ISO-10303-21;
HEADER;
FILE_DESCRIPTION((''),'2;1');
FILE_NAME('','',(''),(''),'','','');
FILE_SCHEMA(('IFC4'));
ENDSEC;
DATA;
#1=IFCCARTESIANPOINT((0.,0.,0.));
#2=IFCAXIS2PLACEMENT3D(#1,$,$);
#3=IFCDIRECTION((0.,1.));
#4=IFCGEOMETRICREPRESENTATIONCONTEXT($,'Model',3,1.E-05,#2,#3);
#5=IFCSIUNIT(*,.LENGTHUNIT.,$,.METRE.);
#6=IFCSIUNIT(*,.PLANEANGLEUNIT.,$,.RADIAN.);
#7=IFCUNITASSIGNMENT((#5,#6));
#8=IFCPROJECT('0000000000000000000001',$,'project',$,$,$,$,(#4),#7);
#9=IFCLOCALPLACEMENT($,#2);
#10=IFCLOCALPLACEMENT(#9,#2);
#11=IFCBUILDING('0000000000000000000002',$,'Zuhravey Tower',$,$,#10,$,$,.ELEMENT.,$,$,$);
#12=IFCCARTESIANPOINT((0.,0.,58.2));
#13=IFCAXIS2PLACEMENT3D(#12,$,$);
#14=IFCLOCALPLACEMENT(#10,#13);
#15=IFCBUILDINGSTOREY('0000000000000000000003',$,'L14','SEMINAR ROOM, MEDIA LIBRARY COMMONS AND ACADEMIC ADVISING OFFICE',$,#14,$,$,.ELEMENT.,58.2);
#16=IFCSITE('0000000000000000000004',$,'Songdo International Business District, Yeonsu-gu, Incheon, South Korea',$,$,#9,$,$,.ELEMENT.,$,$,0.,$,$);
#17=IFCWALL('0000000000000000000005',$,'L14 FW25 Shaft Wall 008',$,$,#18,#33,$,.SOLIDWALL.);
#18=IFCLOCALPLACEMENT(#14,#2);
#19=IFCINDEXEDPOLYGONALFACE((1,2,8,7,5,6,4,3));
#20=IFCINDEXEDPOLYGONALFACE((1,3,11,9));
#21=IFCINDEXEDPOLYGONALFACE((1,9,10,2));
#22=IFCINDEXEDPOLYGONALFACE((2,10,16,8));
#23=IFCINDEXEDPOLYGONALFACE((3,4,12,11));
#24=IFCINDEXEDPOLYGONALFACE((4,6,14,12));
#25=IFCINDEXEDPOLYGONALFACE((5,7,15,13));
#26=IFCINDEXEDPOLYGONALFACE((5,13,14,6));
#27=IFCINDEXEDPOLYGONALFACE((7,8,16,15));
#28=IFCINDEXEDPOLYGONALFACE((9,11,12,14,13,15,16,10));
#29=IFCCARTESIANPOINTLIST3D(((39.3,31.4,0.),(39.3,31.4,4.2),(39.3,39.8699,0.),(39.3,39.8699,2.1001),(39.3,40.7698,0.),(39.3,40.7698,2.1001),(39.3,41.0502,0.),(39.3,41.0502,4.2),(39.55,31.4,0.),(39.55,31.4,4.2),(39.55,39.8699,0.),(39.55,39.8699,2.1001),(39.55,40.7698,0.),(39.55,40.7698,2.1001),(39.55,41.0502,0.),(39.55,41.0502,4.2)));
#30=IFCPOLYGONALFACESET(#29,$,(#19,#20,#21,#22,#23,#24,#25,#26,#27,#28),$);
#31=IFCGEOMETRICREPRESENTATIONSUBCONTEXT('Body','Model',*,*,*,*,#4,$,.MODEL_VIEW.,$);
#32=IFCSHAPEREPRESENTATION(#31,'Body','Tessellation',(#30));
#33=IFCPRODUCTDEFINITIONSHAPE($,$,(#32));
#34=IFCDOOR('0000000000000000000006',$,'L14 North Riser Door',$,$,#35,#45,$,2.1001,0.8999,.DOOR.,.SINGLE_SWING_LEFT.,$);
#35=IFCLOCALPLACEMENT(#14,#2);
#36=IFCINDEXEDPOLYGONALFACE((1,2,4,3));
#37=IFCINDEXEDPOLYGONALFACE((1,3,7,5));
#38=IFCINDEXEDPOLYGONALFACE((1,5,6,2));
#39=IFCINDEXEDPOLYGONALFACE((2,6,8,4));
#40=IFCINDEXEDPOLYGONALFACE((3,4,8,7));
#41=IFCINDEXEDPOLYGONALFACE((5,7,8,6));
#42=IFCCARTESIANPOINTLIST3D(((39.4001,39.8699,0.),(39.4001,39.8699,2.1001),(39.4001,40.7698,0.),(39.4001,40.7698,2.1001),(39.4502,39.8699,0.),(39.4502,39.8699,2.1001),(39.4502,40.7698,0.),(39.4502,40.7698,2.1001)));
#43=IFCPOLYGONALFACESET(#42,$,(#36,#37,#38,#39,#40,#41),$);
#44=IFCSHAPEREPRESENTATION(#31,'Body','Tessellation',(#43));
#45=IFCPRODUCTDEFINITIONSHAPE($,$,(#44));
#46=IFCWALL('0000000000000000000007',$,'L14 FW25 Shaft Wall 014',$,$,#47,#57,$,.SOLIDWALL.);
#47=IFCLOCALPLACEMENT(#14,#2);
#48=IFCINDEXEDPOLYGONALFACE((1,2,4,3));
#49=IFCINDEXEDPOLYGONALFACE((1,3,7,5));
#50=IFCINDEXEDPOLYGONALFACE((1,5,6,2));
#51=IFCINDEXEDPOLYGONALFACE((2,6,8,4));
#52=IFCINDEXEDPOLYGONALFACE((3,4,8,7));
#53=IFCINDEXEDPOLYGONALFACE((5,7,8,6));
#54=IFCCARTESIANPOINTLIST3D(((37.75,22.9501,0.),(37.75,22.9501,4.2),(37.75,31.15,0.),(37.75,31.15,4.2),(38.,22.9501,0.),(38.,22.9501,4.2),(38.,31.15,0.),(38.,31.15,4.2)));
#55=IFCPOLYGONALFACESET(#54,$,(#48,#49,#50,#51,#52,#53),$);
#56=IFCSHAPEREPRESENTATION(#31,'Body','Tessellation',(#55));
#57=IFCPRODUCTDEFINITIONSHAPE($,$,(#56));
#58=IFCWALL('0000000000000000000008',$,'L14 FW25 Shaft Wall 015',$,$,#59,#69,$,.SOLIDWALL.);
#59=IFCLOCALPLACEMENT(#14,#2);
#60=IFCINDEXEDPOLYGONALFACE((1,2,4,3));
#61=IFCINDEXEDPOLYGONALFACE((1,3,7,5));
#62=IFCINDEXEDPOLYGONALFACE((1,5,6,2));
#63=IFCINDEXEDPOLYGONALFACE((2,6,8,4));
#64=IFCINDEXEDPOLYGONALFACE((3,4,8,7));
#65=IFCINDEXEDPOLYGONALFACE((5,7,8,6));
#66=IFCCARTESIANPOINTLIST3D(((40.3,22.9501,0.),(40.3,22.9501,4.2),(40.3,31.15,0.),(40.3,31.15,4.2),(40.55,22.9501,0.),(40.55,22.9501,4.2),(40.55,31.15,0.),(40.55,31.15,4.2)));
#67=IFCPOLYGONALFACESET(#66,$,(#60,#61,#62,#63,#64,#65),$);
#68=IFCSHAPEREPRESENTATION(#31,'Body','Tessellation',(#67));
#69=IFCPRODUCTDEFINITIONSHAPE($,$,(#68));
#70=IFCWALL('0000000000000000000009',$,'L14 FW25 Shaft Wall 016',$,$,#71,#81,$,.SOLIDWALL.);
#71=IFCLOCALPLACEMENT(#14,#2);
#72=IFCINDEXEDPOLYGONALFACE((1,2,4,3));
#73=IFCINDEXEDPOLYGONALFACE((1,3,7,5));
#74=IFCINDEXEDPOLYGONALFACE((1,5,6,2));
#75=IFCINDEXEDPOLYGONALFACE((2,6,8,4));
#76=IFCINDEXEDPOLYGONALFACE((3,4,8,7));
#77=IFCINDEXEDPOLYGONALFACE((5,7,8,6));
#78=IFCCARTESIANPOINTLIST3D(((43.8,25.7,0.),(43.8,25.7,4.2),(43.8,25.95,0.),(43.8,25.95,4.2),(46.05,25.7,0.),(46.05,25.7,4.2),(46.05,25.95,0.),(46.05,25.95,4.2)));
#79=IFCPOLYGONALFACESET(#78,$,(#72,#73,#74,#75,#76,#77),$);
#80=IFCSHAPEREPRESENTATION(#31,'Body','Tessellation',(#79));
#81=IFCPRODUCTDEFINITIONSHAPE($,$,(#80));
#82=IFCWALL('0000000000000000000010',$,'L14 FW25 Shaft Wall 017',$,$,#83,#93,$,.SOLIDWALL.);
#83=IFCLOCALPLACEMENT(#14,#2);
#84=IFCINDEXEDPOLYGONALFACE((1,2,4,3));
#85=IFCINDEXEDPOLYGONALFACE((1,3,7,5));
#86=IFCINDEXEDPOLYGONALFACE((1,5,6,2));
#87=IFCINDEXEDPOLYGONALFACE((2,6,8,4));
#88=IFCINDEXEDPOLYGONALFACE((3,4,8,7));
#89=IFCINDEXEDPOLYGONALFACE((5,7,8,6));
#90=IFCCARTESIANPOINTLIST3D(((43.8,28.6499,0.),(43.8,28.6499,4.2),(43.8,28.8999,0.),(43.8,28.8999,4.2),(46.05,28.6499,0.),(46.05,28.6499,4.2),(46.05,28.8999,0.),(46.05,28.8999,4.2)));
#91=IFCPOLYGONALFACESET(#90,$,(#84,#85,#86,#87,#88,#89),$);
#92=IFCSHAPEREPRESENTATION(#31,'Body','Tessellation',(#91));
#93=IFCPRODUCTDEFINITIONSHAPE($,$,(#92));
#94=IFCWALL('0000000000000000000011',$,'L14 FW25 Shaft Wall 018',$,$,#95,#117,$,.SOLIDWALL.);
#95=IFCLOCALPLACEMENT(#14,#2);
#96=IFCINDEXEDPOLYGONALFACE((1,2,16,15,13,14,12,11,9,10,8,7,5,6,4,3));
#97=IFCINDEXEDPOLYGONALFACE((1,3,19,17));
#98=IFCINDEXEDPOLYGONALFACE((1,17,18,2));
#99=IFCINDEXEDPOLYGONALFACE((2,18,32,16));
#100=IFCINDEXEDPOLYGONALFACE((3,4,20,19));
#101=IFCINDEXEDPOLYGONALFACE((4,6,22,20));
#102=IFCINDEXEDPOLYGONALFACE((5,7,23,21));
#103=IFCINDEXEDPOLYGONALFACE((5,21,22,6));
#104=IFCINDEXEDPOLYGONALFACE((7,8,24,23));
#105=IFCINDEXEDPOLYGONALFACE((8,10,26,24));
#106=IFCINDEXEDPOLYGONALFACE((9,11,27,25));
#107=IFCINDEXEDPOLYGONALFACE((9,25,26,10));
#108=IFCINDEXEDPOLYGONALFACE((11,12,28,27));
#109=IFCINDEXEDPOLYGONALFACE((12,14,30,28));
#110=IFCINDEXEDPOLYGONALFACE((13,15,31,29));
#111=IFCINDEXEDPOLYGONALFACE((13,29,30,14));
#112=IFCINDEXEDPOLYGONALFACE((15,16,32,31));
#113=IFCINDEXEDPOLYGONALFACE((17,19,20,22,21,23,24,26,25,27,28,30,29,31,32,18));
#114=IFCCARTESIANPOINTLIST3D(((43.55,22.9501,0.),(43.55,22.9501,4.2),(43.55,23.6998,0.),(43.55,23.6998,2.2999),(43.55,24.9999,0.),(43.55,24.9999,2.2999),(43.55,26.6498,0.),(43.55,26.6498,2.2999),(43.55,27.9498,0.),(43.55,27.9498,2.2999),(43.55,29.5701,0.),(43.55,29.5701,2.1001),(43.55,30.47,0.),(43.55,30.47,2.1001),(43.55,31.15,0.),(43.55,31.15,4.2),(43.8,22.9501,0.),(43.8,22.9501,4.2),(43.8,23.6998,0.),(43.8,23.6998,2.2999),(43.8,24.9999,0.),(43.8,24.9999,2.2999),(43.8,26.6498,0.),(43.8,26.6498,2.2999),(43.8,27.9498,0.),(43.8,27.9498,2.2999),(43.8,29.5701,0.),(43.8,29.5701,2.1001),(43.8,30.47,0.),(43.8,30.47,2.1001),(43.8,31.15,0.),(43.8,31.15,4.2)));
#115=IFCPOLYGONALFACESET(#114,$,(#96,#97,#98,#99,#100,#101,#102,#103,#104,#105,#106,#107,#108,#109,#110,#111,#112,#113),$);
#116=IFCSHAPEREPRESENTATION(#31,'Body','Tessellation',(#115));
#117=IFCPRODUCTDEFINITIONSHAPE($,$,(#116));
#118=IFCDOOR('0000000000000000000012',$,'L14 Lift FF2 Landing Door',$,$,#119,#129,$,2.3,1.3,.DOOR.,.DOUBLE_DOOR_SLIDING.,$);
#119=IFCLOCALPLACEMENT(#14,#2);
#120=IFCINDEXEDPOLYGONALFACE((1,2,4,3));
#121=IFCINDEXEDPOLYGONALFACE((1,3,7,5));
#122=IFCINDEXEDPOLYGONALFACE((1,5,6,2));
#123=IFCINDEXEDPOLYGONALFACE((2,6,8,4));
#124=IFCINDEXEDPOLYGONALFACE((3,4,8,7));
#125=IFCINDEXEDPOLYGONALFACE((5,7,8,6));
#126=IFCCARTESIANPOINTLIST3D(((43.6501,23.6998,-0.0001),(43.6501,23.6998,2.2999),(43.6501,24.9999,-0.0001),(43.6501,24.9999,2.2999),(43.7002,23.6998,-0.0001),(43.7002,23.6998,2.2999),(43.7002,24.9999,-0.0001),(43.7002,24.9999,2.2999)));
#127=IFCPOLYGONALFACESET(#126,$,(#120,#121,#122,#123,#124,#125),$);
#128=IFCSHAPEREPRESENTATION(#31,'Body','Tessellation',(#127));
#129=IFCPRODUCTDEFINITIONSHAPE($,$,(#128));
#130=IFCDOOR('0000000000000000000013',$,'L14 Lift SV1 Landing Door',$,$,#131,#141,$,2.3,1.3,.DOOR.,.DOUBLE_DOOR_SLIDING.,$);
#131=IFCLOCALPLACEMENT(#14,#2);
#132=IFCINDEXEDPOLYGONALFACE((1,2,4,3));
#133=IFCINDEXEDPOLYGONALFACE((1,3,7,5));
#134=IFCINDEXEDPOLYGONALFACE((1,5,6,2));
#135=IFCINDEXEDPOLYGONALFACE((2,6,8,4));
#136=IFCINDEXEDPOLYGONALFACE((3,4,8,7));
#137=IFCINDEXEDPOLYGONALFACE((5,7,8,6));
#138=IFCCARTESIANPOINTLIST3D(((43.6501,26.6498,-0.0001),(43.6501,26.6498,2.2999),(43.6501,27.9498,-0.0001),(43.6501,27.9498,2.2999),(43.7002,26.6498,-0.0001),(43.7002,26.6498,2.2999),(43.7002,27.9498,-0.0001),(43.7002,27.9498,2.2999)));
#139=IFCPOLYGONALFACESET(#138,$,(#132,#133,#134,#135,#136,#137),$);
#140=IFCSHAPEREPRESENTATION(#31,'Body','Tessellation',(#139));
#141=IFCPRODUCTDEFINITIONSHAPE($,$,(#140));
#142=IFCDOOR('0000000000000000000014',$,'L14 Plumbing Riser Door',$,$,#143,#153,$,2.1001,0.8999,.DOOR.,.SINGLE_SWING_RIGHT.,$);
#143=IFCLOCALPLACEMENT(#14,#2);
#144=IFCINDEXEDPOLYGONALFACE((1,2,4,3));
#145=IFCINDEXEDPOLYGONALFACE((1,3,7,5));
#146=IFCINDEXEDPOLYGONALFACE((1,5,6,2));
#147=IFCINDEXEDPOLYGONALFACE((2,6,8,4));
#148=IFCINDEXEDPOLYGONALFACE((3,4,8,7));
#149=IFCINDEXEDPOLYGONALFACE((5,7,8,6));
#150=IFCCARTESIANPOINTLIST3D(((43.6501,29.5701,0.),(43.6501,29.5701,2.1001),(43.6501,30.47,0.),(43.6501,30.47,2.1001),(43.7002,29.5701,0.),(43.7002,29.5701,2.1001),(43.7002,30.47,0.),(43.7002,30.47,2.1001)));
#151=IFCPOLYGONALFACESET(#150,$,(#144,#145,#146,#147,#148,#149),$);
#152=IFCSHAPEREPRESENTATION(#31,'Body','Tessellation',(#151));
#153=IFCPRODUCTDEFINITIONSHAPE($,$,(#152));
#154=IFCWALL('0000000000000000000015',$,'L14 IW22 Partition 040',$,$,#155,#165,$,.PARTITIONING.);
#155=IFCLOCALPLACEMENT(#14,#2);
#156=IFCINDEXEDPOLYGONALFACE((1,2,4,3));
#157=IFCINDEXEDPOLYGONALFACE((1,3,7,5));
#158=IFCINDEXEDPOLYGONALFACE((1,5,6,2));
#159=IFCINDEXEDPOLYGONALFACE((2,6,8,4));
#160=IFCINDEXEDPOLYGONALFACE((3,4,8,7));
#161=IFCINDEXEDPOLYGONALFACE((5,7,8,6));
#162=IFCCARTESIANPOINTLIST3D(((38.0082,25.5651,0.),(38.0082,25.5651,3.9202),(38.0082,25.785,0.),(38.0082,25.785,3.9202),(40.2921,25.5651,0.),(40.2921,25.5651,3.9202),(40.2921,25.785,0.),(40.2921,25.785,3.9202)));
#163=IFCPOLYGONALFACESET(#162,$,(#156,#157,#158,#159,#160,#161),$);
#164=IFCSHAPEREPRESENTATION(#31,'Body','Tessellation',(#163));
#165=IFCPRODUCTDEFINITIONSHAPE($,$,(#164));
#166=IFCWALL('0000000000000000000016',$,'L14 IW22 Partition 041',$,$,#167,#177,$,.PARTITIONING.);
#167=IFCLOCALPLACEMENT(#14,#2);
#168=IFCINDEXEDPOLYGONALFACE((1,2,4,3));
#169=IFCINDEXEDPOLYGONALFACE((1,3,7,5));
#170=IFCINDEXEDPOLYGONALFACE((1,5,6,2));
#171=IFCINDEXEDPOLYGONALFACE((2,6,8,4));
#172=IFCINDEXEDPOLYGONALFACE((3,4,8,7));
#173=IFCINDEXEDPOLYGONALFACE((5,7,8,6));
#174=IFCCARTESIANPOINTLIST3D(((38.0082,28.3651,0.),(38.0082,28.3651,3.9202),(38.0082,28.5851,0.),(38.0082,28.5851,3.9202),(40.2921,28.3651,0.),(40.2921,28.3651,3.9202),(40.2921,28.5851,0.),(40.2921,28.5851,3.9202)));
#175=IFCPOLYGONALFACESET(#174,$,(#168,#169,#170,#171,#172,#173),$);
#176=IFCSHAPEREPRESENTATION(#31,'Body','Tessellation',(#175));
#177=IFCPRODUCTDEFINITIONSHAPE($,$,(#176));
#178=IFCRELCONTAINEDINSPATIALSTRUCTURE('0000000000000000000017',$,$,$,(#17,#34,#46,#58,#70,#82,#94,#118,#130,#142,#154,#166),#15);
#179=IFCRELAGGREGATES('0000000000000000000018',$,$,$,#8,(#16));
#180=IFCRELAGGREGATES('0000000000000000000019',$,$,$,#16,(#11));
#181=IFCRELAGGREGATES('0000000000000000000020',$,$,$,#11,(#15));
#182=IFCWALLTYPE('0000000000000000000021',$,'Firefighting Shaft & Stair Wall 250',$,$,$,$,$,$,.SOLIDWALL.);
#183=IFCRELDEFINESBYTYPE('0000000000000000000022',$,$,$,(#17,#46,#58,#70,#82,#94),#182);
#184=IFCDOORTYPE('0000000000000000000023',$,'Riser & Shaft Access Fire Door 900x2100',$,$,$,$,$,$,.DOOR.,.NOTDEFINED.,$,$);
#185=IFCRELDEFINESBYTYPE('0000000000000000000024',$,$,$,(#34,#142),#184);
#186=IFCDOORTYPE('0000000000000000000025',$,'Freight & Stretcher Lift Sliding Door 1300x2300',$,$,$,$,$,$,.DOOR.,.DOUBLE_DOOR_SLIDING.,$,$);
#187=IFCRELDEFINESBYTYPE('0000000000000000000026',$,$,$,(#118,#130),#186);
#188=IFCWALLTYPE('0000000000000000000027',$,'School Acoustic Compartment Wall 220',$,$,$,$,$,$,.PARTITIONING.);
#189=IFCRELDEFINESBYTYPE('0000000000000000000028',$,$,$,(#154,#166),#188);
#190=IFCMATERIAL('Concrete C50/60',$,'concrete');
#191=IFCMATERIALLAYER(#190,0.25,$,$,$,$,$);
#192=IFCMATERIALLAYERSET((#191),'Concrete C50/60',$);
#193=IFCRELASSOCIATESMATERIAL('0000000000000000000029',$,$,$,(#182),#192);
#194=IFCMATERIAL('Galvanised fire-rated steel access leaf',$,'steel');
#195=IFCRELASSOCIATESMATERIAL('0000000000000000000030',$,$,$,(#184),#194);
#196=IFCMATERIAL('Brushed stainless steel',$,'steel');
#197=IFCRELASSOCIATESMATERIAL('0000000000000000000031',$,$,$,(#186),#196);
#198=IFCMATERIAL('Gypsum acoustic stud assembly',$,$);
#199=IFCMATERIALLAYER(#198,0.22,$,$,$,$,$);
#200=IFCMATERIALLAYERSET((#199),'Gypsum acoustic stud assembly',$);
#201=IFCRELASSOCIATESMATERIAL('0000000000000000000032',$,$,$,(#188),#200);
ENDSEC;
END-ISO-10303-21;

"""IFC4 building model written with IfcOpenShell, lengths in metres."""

from ifc_helpers import new_model, si_unit, direction, frame, frame_2d, origin, place, context, subcontext, project, spatial, rectangle, extrude, material, layer, layer_set, type_object, element, fill, save


model = new_model("IFC4")

# Units and contexts
model_context = context("Model", 3, precision=1e-05, world=origin(), true_north=direction((0.0, 1.0)))
body_context = subcontext(model_context, "Body", "Model", "MODEL_VIEW")
ifc_project = project(units=[si_unit("LENGTHUNIT", "METRE"), si_unit("PLANEANGLEUNIT", "RADIAN")], contexts=[model_context])

# Site, building, storey
site_placement = place(None, origin())
site = spatial("IfcSite", under=ifc_project, at=site_placement, Name="Songdo International Business District, Yeonsu-gu, Incheon, South Korea", CompositionType="ELEMENT", RefElevation=0.0)
building_placement = place(site_placement, origin())
building = spatial("IfcBuilding", under=site, at=building_placement, Name="Zuhravey Tower", CompositionType="ELEMENT")
storey_placement = place(building_placement, frame((0.0, 0.0, 58.2)))
storey = spatial("IfcBuildingStorey", under=building, at=storey_placement, Name="L14", Description="SEMINAR ROOM, MEDIA LIBRARY COMMONS AND ACADEMIC ADVISING OFFICE", CompositionType="ELEMENT", Elevation=58.2)

# Shared definitions
ifc_material_1 = material(Name="Concrete C50/60", Category="concrete")
ifc_layer_1 = layer(ifc_material_1, 0.25)
ifc_layer_set_1 = layer_set([ifc_layer_1], Name="Concrete C50/60")
wall_type_1 = type_object("IfcWallType", Name="Firefighting Shaft & Stair Wall 250", PredefinedType="SOLIDWALL", material=ifc_layer_set_1)

# Shared definitions
ifc_material_2 = material(Name="Galvanised fire-rated steel access leaf", Category="steel")
door_type_1 = type_object("IfcDoorType", Name="Riser & Shaft Access Fire Door 900x2100", OperationType="NOTDEFINED", PredefinedType="DOOR", material=ifc_material_2)

# Wall, opening, door
wall_1_placement = place(storey_placement, frame((39.425, 31.3999, 0.0), z_axis=(0.0, 0.0, 1.0), x_axis=(0.0, 1.0, 0.0)))
wall_1 = element("IfcWall", 1, at=wall_1_placement, inside=storey, type_object=wall_type_1, Name="L14 FW25 Shaft Wall 008", PredefinedType="SOLIDWALL", context=body_context, shape_type="SweptSolid", body=[
    extrude(rectangle(XDim=9.6501, YDim=0.25, at=frame_2d((4.8252, 0.0))), origin(), (0.0, 0.0, 1.0), 4.2),
])
opening_1_placement = place(wall_1_placement, frame((8.47, 0.0, 0.0)))
opening_1 = element("IfcOpeningElement", 2, at=opening_1_placement, cuts=wall_1, PredefinedType="OPENING", context=body_context, shape_type="SweptSolid", body=[
    extrude(rectangle(XDim=0.8999, YDim=2.1001, at=frame_2d((0.45, 1.05))), frame((0.0, 0.137, 0.0), z_axis=(0.0, -1.0, 0.0), x_axis=(1.0, 0.0, 0.0)), (0.0, 0.0, 1.0), 0.2739),
])
door_1_placement = place(opening_1_placement, origin())
door_1 = element("IfcDoor", 3, at=door_1_placement, inside=storey, type_object=door_type_1, Name="L14 North Riser Door", OperationType="SINGLE_SWING_LEFT", OverallHeight=2.1001, OverallWidth=0.8999, PredefinedType="DOOR", context=body_context, shape_type="SweptSolid", body=[
    extrude(rectangle(XDim=0.8999, YDim=2.1001, at=frame_2d((0.45, 1.05))), frame((0.0, 0.0249, 0.0), z_axis=(0.0, -1.0, 0.0), x_axis=(1.0, 0.0, 0.0)), (0.0, 0.0, 1.0), 0.05),
])
fill(opening_1, door_1)

# Walls
for number, where, z_axis, x_axis, name in (
    (4, (37.875, 22.95, 0.0), (0.0, 0.0, 1.0), (0.0, 1.0, 0.0), "L14 FW25 Shaft Wall 014"),
    (5, (40.425, 22.95, 0.0), (0.0, 0.0, 1.0), (0.0, 1.0, 0.0), "L14 FW25 Shaft Wall 015"),
):
    element("IfcWall", number, at=place(storey_placement, frame(where, z_axis=z_axis, x_axis=x_axis)), inside=storey, type_object=wall_type_1, Name=name, PredefinedType="SOLIDWALL", context=body_context, shape_type="SweptSolid", body=[
        extrude(rectangle(XDim=8.2, YDim=0.25, at=frame_2d((4.1001, 0.0))), origin(), (0.0, 0.0, 1.0), 4.2),
    ])
for number, where, z_axis, x_axis, name in (
    (6, (43.8, 25.825, 0.0), (0.0, 0.0, 1.0), (1.0, 0.0, 0.0), "L14 FW25 Shaft Wall 016"),
    (7, (43.8, 28.7749, 0.0), (0.0, 0.0, 1.0), (1.0, 0.0, 0.0), "L14 FW25 Shaft Wall 017"),
):
    element("IfcWall", number, at=place(storey_placement, frame(where, z_axis=z_axis, x_axis=x_axis)), inside=storey, type_object=wall_type_1, Name=name, PredefinedType="SOLIDWALL", context=body_context, shape_type="SweptSolid", body=[
        extrude(rectangle(XDim=2.25, YDim=0.25, at=frame_2d((1.125, 0.0))), origin(), (0.0, 0.0, 1.0), 4.2),
    ])

# Wall, openings, doors
wall_2_placement = place(storey_placement, frame((43.675, 22.95, 0.0), z_axis=(0.0, 0.0, 1.0), x_axis=(0.0, 1.0, 0.0)))
wall_2 = element("IfcWall", 8, at=wall_2_placement, inside=storey, type_object=wall_type_1, Name="L14 FW25 Shaft Wall 018", PredefinedType="SOLIDWALL", context=body_context, shape_type="SweptSolid", body=[
    extrude(rectangle(XDim=8.2, YDim=0.25, at=frame_2d((4.1001, 0.0))), origin(), (0.0, 0.0, 1.0), 4.2),
])
opening_2_placement = place(wall_2_placement, frame((0.75, 0.0, 0.0)))
opening_2 = element("IfcOpeningElement", 9, at=opening_2_placement, cuts=wall_2, PredefinedType="OPENING", context=body_context, shape_type="SweptSolid", body=[
    extrude(rectangle(XDim=1.3, YDim=2.3, at=frame_2d((0.6499, 1.1499))), frame((0.0, 0.137, 0.0), z_axis=(0.0, -1.0, 0.0), x_axis=(1.0, 0.0, 0.0)), (0.0, 0.0, 1.0), 0.2739),
])
opening_3_placement = place(wall_2_placement, frame((3.7, 0.0, 0.0)))
opening_3 = element("IfcOpeningElement", 10, at=opening_3_placement, cuts=wall_2, PredefinedType="OPENING", context=body_context, shape_type="SweptSolid", body=[
    extrude(rectangle(XDim=1.3, YDim=2.3, at=frame_2d((0.6499, 1.1499))), frame((0.0, 0.137, 0.0), z_axis=(0.0, -1.0, 0.0), x_axis=(1.0, 0.0, 0.0)), (0.0, 0.0, 1.0), 0.2739),
])
opening_4_placement = place(wall_2_placement, frame((6.6201, 0.0, 0.0)))
opening_4 = element("IfcOpeningElement", 11, at=opening_4_placement, cuts=wall_2, PredefinedType="OPENING", context=body_context, shape_type="SweptSolid", body=[
    extrude(rectangle(XDim=0.8999, YDim=2.1001, at=frame_2d((0.45, 1.05))), frame((0.0, 0.137, 0.0), z_axis=(0.0, -1.0, 0.0), x_axis=(1.0, 0.0, 0.0)), (0.0, 0.0, 1.0), 0.2739),
])
ifc_material_3 = material(Name="Brushed stainless steel", Category="steel")
door_type_2 = type_object("IfcDoorType", Name="Freight & Stretcher Lift Sliding Door 1300x2300", OperationType="DOUBLE_DOOR_SLIDING", PredefinedType="DOOR", material=ifc_material_3)
door_2_placement = place(opening_2_placement, origin())
door_2 = element("IfcDoor", 12, at=door_2_placement, inside=storey, type_object=door_type_2, Name="L14 Lift FF2 Landing Door", OperationType="DOUBLE_DOOR_SLIDING", OverallHeight=2.3, OverallWidth=1.3, PredefinedType="DOOR", context=body_context, shape_type="SweptSolid", body=[
    extrude(rectangle(XDim=1.3, YDim=2.3, at=frame_2d((0.6499, 1.1499))), frame((0.0, 0.0249, 0.0), z_axis=(0.0, -1.0, 0.0), x_axis=(1.0, 0.0, 0.0)), (0.0, 0.0, 1.0), 0.05),
])
fill(opening_2, door_2)
door_3_placement = place(opening_3_placement, origin())
door_3 = element("IfcDoor", 13, at=door_3_placement, inside=storey, type_object=door_type_2, Name="L14 Lift SV1 Landing Door", OperationType="DOUBLE_DOOR_SLIDING", OverallHeight=2.3, OverallWidth=1.3, PredefinedType="DOOR", context=body_context, shape_type="SweptSolid", body=[
    extrude(rectangle(XDim=1.3, YDim=2.3, at=frame_2d((0.6499, 1.1499))), frame((0.0, 0.0249, 0.0), z_axis=(0.0, -1.0, 0.0), x_axis=(1.0, 0.0, 0.0)), (0.0, 0.0, 1.0), 0.05),
])
fill(opening_3, door_3)
door_4_placement = place(opening_4_placement, origin())
door_4 = element("IfcDoor", 14, at=door_4_placement, inside=storey, type_object=door_type_1, Name="L14 Plumbing Riser Door", OperationType="SINGLE_SWING_RIGHT", OverallHeight=2.1001, OverallWidth=0.8999, PredefinedType="DOOR", context=body_context, shape_type="SweptSolid", body=[
    extrude(rectangle(XDim=0.8999, YDim=2.1001, at=frame_2d((0.45, 1.05))), frame((0.0, 0.0249, 0.0), z_axis=(0.0, -1.0, 0.0), x_axis=(1.0, 0.0, 0.0)), (0.0, 0.0, 1.0), 0.05),
])
fill(opening_4, door_4)

# Walls
ifc_material_4 = material(Name="Gypsum acoustic stud assembly")
ifc_layer_2 = layer(ifc_material_4, 0.22)
ifc_layer_set_2 = layer_set([ifc_layer_2], Name="Gypsum acoustic stud assembly")
wall_type_2 = type_object("IfcWallType", Name="School Acoustic Compartment Wall 220", PredefinedType="PARTITIONING", material=ifc_layer_set_2)
for number, where, z_axis, x_axis, name in (
    (15, (38.0081, 25.675, 0.0), (0.0, 0.0, 1.0), (1.0, 0.0, 0.0), "L14 IW22 Partition 040"),
    (16, (38.0081, 28.4751, 0.0), (0.0, 0.0, 1.0), (1.0, 0.0, 0.0), "L14 IW22 Partition 041"),
):
    element("IfcWall", number, at=place(storey_placement, frame(where, z_axis=z_axis, x_axis=x_axis)), inside=storey, type_object=wall_type_2, Name=name, PredefinedType="PARTITIONING", context=body_context, shape_type="SweptSolid", body=[
        extrude(rectangle(XDim=2.2839, YDim=0.22, at=frame_2d((1.1421, 0.0))), origin(), (0.0, 0.0, 1.0), 3.9202),
    ])

save(model, "model.ifc")
